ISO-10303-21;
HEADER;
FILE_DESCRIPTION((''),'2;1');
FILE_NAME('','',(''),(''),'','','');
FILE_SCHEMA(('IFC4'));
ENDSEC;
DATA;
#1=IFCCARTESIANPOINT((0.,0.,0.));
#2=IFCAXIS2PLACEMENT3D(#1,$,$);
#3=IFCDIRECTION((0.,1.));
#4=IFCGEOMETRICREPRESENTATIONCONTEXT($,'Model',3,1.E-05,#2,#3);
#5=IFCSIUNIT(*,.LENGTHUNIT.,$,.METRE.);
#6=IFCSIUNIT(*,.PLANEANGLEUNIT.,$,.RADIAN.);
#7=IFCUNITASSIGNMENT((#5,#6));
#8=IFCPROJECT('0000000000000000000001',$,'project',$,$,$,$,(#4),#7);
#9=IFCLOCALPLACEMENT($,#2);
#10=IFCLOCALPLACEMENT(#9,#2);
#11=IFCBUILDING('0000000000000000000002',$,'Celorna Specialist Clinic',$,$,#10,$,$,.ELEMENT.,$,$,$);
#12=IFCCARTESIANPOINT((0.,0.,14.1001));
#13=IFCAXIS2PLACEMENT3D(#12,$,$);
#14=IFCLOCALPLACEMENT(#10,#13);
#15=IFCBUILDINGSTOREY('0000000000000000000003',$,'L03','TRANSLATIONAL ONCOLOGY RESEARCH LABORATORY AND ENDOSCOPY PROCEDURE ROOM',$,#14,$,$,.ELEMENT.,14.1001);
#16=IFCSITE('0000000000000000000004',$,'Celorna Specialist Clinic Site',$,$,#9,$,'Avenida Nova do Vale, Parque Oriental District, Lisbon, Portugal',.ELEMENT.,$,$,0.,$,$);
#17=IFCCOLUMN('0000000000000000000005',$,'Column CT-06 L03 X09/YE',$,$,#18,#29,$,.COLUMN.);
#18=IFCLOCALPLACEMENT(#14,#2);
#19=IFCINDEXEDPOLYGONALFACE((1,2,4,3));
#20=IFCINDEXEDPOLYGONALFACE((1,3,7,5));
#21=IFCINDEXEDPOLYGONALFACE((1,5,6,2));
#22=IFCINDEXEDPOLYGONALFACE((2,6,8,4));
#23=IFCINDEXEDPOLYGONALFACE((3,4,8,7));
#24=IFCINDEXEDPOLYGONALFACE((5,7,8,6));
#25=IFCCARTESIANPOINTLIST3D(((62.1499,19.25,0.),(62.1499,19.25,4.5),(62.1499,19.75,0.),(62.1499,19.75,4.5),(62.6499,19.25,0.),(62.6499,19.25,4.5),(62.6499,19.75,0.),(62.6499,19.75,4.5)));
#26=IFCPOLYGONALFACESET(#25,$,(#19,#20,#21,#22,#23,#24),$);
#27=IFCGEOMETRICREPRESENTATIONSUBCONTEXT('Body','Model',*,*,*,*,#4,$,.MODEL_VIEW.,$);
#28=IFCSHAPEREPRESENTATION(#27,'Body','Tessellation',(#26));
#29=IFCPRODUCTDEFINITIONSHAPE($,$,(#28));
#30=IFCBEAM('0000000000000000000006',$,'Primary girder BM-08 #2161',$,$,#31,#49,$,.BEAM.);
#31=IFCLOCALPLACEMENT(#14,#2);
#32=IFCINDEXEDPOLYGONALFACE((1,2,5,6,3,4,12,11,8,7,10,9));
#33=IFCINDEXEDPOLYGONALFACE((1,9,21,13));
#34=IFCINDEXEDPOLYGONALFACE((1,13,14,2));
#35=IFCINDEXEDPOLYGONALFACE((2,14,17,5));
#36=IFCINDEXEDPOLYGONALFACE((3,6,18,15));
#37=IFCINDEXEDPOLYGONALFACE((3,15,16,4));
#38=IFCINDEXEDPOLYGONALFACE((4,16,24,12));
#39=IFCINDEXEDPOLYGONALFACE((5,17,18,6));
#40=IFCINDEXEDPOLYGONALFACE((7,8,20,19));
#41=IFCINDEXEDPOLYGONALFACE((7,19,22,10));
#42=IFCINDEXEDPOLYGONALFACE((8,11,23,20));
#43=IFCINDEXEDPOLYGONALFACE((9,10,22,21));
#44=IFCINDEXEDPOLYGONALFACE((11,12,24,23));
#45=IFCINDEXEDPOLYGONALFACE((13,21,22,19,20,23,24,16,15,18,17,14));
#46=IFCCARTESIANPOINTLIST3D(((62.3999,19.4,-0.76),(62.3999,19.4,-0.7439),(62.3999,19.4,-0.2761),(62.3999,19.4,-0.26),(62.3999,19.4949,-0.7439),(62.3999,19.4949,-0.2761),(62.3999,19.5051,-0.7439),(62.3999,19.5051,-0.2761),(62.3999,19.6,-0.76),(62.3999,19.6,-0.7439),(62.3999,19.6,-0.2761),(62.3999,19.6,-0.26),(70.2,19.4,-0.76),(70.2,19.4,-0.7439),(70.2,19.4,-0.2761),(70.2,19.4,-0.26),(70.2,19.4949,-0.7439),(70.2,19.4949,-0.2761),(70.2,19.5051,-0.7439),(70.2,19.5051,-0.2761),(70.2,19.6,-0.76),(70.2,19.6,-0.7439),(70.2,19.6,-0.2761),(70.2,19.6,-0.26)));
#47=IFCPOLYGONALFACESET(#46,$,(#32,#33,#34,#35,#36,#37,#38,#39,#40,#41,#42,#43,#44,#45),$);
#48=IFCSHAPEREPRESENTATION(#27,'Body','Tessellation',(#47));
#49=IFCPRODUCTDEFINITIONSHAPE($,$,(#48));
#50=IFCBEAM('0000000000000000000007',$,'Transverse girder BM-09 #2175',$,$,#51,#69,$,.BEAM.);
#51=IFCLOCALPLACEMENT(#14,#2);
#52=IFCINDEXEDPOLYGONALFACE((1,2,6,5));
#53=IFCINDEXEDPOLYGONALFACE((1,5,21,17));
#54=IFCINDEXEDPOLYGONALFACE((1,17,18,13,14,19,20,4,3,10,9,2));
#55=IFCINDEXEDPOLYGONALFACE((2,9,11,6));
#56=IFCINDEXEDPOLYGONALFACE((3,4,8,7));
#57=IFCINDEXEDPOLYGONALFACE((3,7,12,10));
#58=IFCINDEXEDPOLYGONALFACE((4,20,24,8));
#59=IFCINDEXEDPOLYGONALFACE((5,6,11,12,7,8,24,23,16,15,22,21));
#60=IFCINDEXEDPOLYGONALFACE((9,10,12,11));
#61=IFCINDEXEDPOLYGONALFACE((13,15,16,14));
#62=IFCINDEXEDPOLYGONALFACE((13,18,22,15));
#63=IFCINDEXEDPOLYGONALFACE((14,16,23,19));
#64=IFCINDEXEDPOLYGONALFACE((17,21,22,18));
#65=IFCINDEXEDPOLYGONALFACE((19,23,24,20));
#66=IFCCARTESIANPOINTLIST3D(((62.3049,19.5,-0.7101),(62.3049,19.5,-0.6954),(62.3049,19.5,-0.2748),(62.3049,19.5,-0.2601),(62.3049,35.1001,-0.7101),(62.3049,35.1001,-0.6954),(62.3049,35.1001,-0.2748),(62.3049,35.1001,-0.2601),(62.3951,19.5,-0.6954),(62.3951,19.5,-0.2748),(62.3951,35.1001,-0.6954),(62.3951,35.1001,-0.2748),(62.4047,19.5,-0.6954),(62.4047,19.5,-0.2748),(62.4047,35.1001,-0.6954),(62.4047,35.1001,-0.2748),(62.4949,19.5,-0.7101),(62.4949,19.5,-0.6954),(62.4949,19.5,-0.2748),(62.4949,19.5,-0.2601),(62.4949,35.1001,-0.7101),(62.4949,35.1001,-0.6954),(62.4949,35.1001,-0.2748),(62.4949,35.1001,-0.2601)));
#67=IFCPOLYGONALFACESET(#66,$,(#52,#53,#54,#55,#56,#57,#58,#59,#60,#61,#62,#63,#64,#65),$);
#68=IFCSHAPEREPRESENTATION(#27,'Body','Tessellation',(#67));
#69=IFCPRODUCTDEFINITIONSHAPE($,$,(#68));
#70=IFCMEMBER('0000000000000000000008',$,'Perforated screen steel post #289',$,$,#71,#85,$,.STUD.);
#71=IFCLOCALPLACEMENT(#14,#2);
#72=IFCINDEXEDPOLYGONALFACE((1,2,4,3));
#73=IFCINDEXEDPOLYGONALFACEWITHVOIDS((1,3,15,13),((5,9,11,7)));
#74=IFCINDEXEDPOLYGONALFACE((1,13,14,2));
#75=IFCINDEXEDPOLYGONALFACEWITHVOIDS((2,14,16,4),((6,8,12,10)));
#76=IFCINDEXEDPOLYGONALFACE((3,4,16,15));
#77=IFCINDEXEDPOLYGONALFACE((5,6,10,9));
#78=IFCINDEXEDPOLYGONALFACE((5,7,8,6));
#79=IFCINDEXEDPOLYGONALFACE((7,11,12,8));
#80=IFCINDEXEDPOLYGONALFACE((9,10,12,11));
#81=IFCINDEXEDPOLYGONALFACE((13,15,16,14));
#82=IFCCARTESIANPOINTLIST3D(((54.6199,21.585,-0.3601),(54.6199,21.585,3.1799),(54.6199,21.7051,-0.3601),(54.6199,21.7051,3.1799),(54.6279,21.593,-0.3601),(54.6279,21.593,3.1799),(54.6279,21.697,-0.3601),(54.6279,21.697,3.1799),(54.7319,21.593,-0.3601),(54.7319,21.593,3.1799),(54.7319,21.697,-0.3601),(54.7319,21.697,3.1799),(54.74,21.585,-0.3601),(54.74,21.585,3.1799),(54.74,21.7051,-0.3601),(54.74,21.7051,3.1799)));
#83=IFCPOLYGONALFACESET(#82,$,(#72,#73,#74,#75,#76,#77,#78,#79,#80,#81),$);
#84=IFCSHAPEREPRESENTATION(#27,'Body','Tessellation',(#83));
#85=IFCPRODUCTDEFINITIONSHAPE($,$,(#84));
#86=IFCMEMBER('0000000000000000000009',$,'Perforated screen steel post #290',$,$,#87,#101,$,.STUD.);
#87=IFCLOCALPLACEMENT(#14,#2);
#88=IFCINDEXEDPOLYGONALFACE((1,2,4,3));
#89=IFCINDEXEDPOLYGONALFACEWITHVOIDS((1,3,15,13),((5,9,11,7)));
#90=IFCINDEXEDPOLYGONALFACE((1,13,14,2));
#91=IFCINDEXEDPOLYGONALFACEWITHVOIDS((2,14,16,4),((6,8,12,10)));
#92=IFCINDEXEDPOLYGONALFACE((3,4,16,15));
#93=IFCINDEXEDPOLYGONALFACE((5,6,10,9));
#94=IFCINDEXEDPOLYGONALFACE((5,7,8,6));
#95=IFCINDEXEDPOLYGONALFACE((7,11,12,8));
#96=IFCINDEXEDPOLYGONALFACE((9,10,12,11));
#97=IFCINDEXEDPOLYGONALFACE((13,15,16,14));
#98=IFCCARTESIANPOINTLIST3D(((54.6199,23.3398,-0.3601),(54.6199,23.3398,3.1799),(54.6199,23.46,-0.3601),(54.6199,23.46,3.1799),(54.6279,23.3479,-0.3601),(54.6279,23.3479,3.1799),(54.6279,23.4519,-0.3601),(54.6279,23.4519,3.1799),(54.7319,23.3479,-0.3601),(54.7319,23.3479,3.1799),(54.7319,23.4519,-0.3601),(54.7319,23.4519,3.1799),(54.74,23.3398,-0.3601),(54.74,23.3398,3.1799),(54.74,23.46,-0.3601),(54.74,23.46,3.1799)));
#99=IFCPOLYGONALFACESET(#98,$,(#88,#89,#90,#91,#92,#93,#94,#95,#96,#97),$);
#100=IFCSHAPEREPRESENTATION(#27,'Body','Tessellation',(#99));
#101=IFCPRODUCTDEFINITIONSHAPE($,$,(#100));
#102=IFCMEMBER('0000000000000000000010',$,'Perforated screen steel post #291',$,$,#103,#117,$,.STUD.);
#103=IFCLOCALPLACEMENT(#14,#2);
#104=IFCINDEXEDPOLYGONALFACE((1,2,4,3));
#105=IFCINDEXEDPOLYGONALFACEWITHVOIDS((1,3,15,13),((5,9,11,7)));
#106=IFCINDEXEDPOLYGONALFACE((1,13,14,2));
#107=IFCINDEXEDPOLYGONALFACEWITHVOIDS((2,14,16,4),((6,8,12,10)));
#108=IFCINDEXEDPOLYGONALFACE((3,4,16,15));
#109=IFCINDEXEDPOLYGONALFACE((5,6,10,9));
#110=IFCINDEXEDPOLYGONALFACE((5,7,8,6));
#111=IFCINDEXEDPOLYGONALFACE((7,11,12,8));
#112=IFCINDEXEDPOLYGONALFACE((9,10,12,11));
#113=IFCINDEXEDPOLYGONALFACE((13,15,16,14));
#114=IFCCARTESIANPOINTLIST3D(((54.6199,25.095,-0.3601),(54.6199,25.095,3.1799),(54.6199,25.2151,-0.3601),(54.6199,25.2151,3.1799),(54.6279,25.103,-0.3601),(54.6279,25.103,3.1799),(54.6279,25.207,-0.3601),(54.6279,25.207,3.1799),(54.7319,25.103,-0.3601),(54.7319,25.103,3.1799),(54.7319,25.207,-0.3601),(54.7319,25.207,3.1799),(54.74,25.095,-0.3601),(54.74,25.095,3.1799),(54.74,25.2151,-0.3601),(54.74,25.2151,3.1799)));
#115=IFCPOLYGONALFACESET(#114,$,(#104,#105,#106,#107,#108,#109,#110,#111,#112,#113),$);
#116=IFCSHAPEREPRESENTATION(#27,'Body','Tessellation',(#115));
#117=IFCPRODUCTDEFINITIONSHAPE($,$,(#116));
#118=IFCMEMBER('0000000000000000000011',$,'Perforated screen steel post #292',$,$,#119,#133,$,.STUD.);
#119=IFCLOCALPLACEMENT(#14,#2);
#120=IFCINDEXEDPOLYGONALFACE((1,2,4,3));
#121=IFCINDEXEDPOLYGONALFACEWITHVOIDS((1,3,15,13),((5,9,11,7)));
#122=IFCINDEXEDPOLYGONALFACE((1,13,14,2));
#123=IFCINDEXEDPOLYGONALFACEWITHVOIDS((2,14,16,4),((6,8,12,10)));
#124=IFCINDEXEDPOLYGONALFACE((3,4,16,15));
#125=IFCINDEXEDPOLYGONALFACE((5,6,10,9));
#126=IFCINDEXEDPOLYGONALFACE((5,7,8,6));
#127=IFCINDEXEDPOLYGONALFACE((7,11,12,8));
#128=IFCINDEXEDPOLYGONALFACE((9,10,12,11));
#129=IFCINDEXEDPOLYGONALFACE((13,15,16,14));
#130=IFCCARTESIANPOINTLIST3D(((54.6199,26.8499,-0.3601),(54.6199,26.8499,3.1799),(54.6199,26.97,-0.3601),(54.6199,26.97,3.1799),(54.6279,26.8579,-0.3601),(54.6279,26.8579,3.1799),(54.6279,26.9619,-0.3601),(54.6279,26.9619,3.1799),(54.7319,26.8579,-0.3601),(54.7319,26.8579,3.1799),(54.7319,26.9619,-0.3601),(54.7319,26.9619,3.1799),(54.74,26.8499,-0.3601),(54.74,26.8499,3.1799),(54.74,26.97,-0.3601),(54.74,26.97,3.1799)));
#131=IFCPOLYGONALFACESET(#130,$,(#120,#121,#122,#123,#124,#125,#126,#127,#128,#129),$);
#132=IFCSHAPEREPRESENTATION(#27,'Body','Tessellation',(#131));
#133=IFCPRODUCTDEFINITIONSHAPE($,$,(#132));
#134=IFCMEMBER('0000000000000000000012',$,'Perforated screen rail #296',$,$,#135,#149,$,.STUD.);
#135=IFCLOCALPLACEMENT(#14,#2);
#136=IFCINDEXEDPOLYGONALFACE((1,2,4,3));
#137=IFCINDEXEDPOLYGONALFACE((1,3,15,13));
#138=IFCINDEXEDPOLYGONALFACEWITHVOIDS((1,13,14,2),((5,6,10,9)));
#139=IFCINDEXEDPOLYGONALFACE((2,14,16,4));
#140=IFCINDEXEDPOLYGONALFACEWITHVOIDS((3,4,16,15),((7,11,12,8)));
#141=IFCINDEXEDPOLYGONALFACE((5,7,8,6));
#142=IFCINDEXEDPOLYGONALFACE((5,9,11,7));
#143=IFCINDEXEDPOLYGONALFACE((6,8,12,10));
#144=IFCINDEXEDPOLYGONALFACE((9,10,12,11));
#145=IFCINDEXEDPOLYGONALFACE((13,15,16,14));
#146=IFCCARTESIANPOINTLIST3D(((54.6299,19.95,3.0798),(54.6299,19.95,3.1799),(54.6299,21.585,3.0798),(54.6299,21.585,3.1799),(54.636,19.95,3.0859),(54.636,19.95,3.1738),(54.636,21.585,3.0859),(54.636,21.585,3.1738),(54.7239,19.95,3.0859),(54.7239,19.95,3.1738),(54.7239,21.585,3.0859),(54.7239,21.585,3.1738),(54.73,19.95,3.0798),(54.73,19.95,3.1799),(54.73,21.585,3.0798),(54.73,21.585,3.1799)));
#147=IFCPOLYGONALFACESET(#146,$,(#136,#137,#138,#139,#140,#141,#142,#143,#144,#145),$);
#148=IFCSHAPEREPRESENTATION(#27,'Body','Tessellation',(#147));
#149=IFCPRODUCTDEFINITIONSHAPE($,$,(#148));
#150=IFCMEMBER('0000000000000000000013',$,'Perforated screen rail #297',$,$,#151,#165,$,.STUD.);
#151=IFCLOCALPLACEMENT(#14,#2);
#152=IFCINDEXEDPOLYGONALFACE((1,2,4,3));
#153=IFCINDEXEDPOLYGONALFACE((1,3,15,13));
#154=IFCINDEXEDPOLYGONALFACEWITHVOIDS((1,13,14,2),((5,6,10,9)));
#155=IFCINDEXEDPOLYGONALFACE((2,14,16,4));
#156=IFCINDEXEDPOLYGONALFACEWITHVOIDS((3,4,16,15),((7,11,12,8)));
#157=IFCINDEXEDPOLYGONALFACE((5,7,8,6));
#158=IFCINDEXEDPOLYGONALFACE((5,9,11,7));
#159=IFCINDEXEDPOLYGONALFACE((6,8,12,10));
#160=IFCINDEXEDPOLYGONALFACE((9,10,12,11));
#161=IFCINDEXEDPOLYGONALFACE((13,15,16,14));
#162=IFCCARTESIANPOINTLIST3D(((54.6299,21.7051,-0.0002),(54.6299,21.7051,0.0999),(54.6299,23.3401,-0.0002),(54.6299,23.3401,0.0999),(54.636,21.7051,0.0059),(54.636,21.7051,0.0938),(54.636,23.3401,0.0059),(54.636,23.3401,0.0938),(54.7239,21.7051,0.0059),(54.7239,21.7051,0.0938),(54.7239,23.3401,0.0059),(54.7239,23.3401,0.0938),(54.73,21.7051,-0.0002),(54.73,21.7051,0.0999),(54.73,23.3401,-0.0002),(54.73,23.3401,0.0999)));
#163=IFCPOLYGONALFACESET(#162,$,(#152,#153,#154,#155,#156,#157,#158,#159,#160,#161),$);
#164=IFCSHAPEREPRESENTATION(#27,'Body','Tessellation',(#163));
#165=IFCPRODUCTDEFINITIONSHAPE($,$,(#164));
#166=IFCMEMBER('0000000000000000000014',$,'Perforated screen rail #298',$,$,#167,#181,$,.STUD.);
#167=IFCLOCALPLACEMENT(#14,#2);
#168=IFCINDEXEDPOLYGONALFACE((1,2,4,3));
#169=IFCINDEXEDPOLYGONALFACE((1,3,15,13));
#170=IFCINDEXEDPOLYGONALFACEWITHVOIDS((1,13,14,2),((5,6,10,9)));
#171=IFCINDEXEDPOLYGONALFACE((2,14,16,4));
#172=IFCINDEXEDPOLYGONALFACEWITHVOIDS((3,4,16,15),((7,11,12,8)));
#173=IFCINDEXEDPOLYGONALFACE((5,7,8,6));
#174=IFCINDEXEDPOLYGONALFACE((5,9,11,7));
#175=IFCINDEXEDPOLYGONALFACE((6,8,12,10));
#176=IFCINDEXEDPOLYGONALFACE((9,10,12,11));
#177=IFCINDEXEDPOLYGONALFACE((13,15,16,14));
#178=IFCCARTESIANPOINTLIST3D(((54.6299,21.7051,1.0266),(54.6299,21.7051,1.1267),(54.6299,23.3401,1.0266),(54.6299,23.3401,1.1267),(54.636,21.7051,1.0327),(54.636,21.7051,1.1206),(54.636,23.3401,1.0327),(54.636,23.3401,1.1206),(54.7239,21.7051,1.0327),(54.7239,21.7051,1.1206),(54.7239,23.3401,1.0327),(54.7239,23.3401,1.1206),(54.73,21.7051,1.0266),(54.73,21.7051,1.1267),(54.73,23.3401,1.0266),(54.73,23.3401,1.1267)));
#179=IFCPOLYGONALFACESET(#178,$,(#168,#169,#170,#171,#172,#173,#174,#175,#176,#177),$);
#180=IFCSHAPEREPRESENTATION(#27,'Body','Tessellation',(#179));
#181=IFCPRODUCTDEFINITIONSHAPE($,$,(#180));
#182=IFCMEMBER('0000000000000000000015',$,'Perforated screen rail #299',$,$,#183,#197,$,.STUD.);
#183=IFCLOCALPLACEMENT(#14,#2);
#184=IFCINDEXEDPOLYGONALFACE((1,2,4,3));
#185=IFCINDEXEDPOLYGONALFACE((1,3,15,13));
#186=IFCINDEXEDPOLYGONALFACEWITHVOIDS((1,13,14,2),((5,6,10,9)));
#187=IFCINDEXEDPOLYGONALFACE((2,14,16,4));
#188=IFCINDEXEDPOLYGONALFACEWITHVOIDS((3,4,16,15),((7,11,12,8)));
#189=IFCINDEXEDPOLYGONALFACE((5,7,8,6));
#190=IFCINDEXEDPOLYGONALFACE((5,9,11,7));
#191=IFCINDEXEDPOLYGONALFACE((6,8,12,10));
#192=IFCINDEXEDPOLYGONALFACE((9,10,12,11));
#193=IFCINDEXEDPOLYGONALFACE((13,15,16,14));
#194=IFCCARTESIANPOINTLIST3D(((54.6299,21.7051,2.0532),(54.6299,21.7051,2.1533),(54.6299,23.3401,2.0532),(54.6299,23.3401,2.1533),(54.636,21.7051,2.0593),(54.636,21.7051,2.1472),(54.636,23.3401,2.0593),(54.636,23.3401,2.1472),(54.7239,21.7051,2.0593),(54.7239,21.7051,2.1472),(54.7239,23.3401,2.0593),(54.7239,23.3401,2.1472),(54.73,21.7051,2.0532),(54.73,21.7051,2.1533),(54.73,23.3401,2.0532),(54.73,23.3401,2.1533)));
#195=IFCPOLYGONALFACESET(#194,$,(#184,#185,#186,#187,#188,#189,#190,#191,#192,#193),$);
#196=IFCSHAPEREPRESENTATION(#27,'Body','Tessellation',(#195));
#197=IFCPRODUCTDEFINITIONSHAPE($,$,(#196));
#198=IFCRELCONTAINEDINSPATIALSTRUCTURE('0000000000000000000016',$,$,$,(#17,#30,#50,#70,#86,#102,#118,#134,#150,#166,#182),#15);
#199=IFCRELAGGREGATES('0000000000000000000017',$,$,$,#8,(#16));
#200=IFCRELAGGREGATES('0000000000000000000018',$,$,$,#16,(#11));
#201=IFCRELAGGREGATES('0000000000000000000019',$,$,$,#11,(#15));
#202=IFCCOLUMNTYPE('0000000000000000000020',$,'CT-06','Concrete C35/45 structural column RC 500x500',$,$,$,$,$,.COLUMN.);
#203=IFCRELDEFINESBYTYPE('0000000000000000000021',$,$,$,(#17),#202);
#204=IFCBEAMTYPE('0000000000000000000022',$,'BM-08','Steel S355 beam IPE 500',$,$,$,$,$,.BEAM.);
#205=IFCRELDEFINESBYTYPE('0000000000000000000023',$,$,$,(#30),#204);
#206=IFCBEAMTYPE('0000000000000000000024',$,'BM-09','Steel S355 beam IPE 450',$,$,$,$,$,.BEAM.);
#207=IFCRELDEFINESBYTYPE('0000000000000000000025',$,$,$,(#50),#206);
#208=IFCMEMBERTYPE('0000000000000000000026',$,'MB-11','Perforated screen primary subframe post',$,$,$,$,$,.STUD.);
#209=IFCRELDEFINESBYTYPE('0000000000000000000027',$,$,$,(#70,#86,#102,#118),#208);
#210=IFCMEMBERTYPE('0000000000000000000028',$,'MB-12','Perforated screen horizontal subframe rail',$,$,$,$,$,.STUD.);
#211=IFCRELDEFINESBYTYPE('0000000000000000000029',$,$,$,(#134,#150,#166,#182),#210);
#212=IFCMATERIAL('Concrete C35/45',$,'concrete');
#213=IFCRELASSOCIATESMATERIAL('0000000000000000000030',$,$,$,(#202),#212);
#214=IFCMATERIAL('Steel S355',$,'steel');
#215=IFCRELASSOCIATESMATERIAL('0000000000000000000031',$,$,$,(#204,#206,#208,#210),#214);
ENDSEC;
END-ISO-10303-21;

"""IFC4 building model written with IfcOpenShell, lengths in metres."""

from ifc_helpers import new_model, si_unit, direction, frame, origin, origin_2d, place, context, subcontext, project, spatial, rectangle, hollow_rectangle, i_section, extrude, material, material_profile, profile_set, type_object, element, save


model = new_model("IFC4")

# Units and contexts
model_context = context("Model", 3, precision=1e-05, world=origin(), true_north=direction((0.0, 1.0)))
body_context = subcontext(model_context, "Body", "Model", "MODEL_VIEW")
ifc_project = project(units=[si_unit("LENGTHUNIT", "METRE"), si_unit("PLANEANGLEUNIT", "RADIAN")], contexts=[model_context])

# Site, building, storey
site_placement = place(None, origin())
site = spatial("IfcSite", under=ifc_project, at=site_placement, Name="Celorna Specialist Clinic Site", LongName="Avenida Nova do Vale, Parque Oriental District, Lisbon, Portugal", CompositionType="ELEMENT", RefElevation=0.0)
building_placement = place(site_placement, origin())
building = spatial("IfcBuilding", under=site, at=building_placement, Name="Celorna Specialist Clinic", CompositionType="ELEMENT")
storey_placement = place(building_placement, frame((0.0, 0.0, 14.1001)))
storey = spatial("IfcBuildingStorey", under=building, at=storey_placement, Name="L03", Description="TRANSLATIONAL ONCOLOGY RESEARCH LABORATORY AND ENDOSCOPY PROCEDURE ROOM", CompositionType="ELEMENT", Elevation=14.1001)

# Column
ifc_material_1 = material(Name="Concrete C35/45", Category="concrete")
ifc_material_profile_1 = material_profile(ifc_material_1, rectangle(XDim=0.5, YDim=0.5, at=origin_2d()), Name="RC 500x500")
ifc_profile_set_1 = profile_set([ifc_material_profile_1], Name="Concrete C35/45")
column_type = type_object("IfcColumnType", Name="CT-06", Description="Concrete C35/45 structural column RC 500x500", PredefinedType="COLUMN", material=ifc_profile_set_1)
column_placement = place(storey_placement, frame((62.3999, 19.5, 0.0), z_axis=(0.0, 0.0, 1.0), x_axis=(1.0, 0.0, 0.0)))
element("IfcColumn", 1, at=column_placement, inside=storey, type_object=column_type, Name="Column CT-06 L03 X09/YE", PredefinedType="COLUMN", context=body_context, shape_type="SweptSolid", body=[
    extrude(rectangle(XDim=0.5, YDim=0.5, at=origin_2d()), origin(), (0.0, 0.0, 1.0), 4.5),
])

# Beams
ifc_material_2 = material(Name="Steel S355", Category="steel")
ifc_material_profile_2 = material_profile(ifc_material_2, i_section(OverallWidth=0.2, OverallDepth=0.5, WebThickness=0.0103, FlangeThickness=0.0161, at=origin_2d()), Name="IPE 500")
ifc_profile_set_2 = profile_set([ifc_material_profile_2], Name="Steel S355")
beam_type_1 = type_object("IfcBeamType", Name="BM-08", Description="Steel S355 beam IPE 500", PredefinedType="BEAM", material=ifc_profile_set_2)
beam_1_placement = place(storey_placement, frame((62.3999, 19.5, -0.51), z_axis=(1.0, 0.0, 0.0), x_axis=(0.0, 1.0, 0.0)))
element("IfcBeam", 2, at=beam_1_placement, inside=storey, type_object=beam_type_1, Name="Primary girder BM-08 #2161", PredefinedType="BEAM", context=body_context, shape_type="SweptSolid", body=[
    extrude(i_section(OverallWidth=0.2, OverallDepth=0.5, WebThickness=0.0103, FlangeThickness=0.0161, at=origin_2d()), origin(), (0.0, 0.0, 1.0), 7.8),
])
ifc_material_profile_3 = material_profile(ifc_material_2, i_section(OverallWidth=0.1899, OverallDepth=0.45, WebThickness=0.0095, FlangeThickness=0.0146, at=origin_2d()), Name="IPE 450")
ifc_profile_set_3 = profile_set([ifc_material_profile_3], Name="Steel S355")
beam_type_2 = type_object("IfcBeamType", Name="BM-09", Description="Steel S355 beam IPE 450", PredefinedType="BEAM", material=ifc_profile_set_3)
beam_2_placement = place(storey_placement, frame((62.3999, 19.5, -0.4851), z_axis=(0.0, 1.0, 0.0), x_axis=(-1.0, 0.0, 0.0)))
element("IfcBeam", 3, at=beam_2_placement, inside=storey, type_object=beam_type_2, Name="Transverse girder BM-09 #2175", PredefinedType="BEAM", context=body_context, shape_type="SweptSolid", body=[
    extrude(i_section(OverallWidth=0.1899, OverallDepth=0.45, WebThickness=0.0095, FlangeThickness=0.0146, at=origin_2d()), origin(), (0.0, 0.0, 1.0), 15.6001),
])

# Members
ifc_material_profile_4 = material_profile(ifc_material_2, hollow_rectangle(XDim=0.1201, YDim=0.1201, WallThickness=0.0081, at=origin_2d()), Name="SHS 120x120x8")
ifc_profile_set_4 = profile_set([ifc_material_profile_4], Name="Steel S355")
member_type_1 = type_object("IfcMemberType", Name="MB-11", Description="Perforated screen primary subframe post", PredefinedType="STUD", material=ifc_profile_set_4)
for number, where, z_axis, x_axis, name in (
    (4, (54.6799, 21.645, -0.3601), (0.0, 0.0, 1.0), (1.0, 0.0, 0.0), "Perforated screen steel post #289"),
    (5, (54.6799, 23.3999, -0.3601), (0.0, 0.0, 1.0), (1.0, 0.0, 0.0), "Perforated screen steel post #290"),
    (6, (54.6799, 25.155, -0.3601), (0.0, 0.0, 1.0), (1.0, 0.0, 0.0), "Perforated screen steel post #291"),
    (7, (54.6799, 26.9099, -0.3601), (0.0, 0.0, 1.0), (1.0, 0.0, 0.0), "Perforated screen steel post #292"),
):
    element("IfcMember", number, at=place(storey_placement, frame(where, z_axis=z_axis, x_axis=x_axis)), inside=storey, type_object=member_type_1, Name=name, PredefinedType="STUD", context=body_context, shape_type="SweptSolid", body=[
        extrude(hollow_rectangle(XDim=0.1201, YDim=0.1201, WallThickness=0.0081, at=origin_2d()), origin(), (0.0, 0.0, 1.0), 3.54),
    ])
ifc_material_profile_5 = material_profile(ifc_material_2, hollow_rectangle(XDim=0.1001, YDim=0.1001, WallThickness=0.0061, at=origin_2d()), Name="SHS 100x100x6")
ifc_profile_set_5 = profile_set([ifc_material_profile_5], Name="Steel S355")
member_type_2 = type_object("IfcMemberType", Name="MB-12", Description="Perforated screen horizontal subframe rail", PredefinedType="STUD", material=ifc_profile_set_5)
for number, where, z_axis, x_axis, name in (
    (8, (54.6799, 19.95, 3.1299), (0.0, 1.0, 0.0), (-1.0, 0.0, 0.0), "Perforated screen rail #296"),
    (9, (54.6799, 21.7051, 0.0498), (0.0, 1.0, 0.0), (-1.0, 0.0, 0.0), "Perforated screen rail #297"),
    (10, (54.6799, 21.7051, 1.0767), (0.0, 1.0, 0.0), (-1.0, 0.0, 0.0), "Perforated screen rail #298"),
    (11, (54.6799, 21.7051, 2.1033), (0.0, 1.0, 0.0), (-1.0, 0.0, 0.0), "Perforated screen rail #299"),
):
    element("IfcMember", number, at=place(storey_placement, frame(where, z_axis=z_axis, x_axis=x_axis)), inside=storey, type_object=member_type_2, Name=name, PredefinedType="STUD", context=body_context, shape_type="SweptSolid", body=[
        extrude(hollow_rectangle(XDim=0.1001, YDim=0.1001, WallThickness=0.0061, at=origin_2d()), origin(), (0.0, 0.0, 1.0), 1.635),
    ])

save(model, "model.ifc")
